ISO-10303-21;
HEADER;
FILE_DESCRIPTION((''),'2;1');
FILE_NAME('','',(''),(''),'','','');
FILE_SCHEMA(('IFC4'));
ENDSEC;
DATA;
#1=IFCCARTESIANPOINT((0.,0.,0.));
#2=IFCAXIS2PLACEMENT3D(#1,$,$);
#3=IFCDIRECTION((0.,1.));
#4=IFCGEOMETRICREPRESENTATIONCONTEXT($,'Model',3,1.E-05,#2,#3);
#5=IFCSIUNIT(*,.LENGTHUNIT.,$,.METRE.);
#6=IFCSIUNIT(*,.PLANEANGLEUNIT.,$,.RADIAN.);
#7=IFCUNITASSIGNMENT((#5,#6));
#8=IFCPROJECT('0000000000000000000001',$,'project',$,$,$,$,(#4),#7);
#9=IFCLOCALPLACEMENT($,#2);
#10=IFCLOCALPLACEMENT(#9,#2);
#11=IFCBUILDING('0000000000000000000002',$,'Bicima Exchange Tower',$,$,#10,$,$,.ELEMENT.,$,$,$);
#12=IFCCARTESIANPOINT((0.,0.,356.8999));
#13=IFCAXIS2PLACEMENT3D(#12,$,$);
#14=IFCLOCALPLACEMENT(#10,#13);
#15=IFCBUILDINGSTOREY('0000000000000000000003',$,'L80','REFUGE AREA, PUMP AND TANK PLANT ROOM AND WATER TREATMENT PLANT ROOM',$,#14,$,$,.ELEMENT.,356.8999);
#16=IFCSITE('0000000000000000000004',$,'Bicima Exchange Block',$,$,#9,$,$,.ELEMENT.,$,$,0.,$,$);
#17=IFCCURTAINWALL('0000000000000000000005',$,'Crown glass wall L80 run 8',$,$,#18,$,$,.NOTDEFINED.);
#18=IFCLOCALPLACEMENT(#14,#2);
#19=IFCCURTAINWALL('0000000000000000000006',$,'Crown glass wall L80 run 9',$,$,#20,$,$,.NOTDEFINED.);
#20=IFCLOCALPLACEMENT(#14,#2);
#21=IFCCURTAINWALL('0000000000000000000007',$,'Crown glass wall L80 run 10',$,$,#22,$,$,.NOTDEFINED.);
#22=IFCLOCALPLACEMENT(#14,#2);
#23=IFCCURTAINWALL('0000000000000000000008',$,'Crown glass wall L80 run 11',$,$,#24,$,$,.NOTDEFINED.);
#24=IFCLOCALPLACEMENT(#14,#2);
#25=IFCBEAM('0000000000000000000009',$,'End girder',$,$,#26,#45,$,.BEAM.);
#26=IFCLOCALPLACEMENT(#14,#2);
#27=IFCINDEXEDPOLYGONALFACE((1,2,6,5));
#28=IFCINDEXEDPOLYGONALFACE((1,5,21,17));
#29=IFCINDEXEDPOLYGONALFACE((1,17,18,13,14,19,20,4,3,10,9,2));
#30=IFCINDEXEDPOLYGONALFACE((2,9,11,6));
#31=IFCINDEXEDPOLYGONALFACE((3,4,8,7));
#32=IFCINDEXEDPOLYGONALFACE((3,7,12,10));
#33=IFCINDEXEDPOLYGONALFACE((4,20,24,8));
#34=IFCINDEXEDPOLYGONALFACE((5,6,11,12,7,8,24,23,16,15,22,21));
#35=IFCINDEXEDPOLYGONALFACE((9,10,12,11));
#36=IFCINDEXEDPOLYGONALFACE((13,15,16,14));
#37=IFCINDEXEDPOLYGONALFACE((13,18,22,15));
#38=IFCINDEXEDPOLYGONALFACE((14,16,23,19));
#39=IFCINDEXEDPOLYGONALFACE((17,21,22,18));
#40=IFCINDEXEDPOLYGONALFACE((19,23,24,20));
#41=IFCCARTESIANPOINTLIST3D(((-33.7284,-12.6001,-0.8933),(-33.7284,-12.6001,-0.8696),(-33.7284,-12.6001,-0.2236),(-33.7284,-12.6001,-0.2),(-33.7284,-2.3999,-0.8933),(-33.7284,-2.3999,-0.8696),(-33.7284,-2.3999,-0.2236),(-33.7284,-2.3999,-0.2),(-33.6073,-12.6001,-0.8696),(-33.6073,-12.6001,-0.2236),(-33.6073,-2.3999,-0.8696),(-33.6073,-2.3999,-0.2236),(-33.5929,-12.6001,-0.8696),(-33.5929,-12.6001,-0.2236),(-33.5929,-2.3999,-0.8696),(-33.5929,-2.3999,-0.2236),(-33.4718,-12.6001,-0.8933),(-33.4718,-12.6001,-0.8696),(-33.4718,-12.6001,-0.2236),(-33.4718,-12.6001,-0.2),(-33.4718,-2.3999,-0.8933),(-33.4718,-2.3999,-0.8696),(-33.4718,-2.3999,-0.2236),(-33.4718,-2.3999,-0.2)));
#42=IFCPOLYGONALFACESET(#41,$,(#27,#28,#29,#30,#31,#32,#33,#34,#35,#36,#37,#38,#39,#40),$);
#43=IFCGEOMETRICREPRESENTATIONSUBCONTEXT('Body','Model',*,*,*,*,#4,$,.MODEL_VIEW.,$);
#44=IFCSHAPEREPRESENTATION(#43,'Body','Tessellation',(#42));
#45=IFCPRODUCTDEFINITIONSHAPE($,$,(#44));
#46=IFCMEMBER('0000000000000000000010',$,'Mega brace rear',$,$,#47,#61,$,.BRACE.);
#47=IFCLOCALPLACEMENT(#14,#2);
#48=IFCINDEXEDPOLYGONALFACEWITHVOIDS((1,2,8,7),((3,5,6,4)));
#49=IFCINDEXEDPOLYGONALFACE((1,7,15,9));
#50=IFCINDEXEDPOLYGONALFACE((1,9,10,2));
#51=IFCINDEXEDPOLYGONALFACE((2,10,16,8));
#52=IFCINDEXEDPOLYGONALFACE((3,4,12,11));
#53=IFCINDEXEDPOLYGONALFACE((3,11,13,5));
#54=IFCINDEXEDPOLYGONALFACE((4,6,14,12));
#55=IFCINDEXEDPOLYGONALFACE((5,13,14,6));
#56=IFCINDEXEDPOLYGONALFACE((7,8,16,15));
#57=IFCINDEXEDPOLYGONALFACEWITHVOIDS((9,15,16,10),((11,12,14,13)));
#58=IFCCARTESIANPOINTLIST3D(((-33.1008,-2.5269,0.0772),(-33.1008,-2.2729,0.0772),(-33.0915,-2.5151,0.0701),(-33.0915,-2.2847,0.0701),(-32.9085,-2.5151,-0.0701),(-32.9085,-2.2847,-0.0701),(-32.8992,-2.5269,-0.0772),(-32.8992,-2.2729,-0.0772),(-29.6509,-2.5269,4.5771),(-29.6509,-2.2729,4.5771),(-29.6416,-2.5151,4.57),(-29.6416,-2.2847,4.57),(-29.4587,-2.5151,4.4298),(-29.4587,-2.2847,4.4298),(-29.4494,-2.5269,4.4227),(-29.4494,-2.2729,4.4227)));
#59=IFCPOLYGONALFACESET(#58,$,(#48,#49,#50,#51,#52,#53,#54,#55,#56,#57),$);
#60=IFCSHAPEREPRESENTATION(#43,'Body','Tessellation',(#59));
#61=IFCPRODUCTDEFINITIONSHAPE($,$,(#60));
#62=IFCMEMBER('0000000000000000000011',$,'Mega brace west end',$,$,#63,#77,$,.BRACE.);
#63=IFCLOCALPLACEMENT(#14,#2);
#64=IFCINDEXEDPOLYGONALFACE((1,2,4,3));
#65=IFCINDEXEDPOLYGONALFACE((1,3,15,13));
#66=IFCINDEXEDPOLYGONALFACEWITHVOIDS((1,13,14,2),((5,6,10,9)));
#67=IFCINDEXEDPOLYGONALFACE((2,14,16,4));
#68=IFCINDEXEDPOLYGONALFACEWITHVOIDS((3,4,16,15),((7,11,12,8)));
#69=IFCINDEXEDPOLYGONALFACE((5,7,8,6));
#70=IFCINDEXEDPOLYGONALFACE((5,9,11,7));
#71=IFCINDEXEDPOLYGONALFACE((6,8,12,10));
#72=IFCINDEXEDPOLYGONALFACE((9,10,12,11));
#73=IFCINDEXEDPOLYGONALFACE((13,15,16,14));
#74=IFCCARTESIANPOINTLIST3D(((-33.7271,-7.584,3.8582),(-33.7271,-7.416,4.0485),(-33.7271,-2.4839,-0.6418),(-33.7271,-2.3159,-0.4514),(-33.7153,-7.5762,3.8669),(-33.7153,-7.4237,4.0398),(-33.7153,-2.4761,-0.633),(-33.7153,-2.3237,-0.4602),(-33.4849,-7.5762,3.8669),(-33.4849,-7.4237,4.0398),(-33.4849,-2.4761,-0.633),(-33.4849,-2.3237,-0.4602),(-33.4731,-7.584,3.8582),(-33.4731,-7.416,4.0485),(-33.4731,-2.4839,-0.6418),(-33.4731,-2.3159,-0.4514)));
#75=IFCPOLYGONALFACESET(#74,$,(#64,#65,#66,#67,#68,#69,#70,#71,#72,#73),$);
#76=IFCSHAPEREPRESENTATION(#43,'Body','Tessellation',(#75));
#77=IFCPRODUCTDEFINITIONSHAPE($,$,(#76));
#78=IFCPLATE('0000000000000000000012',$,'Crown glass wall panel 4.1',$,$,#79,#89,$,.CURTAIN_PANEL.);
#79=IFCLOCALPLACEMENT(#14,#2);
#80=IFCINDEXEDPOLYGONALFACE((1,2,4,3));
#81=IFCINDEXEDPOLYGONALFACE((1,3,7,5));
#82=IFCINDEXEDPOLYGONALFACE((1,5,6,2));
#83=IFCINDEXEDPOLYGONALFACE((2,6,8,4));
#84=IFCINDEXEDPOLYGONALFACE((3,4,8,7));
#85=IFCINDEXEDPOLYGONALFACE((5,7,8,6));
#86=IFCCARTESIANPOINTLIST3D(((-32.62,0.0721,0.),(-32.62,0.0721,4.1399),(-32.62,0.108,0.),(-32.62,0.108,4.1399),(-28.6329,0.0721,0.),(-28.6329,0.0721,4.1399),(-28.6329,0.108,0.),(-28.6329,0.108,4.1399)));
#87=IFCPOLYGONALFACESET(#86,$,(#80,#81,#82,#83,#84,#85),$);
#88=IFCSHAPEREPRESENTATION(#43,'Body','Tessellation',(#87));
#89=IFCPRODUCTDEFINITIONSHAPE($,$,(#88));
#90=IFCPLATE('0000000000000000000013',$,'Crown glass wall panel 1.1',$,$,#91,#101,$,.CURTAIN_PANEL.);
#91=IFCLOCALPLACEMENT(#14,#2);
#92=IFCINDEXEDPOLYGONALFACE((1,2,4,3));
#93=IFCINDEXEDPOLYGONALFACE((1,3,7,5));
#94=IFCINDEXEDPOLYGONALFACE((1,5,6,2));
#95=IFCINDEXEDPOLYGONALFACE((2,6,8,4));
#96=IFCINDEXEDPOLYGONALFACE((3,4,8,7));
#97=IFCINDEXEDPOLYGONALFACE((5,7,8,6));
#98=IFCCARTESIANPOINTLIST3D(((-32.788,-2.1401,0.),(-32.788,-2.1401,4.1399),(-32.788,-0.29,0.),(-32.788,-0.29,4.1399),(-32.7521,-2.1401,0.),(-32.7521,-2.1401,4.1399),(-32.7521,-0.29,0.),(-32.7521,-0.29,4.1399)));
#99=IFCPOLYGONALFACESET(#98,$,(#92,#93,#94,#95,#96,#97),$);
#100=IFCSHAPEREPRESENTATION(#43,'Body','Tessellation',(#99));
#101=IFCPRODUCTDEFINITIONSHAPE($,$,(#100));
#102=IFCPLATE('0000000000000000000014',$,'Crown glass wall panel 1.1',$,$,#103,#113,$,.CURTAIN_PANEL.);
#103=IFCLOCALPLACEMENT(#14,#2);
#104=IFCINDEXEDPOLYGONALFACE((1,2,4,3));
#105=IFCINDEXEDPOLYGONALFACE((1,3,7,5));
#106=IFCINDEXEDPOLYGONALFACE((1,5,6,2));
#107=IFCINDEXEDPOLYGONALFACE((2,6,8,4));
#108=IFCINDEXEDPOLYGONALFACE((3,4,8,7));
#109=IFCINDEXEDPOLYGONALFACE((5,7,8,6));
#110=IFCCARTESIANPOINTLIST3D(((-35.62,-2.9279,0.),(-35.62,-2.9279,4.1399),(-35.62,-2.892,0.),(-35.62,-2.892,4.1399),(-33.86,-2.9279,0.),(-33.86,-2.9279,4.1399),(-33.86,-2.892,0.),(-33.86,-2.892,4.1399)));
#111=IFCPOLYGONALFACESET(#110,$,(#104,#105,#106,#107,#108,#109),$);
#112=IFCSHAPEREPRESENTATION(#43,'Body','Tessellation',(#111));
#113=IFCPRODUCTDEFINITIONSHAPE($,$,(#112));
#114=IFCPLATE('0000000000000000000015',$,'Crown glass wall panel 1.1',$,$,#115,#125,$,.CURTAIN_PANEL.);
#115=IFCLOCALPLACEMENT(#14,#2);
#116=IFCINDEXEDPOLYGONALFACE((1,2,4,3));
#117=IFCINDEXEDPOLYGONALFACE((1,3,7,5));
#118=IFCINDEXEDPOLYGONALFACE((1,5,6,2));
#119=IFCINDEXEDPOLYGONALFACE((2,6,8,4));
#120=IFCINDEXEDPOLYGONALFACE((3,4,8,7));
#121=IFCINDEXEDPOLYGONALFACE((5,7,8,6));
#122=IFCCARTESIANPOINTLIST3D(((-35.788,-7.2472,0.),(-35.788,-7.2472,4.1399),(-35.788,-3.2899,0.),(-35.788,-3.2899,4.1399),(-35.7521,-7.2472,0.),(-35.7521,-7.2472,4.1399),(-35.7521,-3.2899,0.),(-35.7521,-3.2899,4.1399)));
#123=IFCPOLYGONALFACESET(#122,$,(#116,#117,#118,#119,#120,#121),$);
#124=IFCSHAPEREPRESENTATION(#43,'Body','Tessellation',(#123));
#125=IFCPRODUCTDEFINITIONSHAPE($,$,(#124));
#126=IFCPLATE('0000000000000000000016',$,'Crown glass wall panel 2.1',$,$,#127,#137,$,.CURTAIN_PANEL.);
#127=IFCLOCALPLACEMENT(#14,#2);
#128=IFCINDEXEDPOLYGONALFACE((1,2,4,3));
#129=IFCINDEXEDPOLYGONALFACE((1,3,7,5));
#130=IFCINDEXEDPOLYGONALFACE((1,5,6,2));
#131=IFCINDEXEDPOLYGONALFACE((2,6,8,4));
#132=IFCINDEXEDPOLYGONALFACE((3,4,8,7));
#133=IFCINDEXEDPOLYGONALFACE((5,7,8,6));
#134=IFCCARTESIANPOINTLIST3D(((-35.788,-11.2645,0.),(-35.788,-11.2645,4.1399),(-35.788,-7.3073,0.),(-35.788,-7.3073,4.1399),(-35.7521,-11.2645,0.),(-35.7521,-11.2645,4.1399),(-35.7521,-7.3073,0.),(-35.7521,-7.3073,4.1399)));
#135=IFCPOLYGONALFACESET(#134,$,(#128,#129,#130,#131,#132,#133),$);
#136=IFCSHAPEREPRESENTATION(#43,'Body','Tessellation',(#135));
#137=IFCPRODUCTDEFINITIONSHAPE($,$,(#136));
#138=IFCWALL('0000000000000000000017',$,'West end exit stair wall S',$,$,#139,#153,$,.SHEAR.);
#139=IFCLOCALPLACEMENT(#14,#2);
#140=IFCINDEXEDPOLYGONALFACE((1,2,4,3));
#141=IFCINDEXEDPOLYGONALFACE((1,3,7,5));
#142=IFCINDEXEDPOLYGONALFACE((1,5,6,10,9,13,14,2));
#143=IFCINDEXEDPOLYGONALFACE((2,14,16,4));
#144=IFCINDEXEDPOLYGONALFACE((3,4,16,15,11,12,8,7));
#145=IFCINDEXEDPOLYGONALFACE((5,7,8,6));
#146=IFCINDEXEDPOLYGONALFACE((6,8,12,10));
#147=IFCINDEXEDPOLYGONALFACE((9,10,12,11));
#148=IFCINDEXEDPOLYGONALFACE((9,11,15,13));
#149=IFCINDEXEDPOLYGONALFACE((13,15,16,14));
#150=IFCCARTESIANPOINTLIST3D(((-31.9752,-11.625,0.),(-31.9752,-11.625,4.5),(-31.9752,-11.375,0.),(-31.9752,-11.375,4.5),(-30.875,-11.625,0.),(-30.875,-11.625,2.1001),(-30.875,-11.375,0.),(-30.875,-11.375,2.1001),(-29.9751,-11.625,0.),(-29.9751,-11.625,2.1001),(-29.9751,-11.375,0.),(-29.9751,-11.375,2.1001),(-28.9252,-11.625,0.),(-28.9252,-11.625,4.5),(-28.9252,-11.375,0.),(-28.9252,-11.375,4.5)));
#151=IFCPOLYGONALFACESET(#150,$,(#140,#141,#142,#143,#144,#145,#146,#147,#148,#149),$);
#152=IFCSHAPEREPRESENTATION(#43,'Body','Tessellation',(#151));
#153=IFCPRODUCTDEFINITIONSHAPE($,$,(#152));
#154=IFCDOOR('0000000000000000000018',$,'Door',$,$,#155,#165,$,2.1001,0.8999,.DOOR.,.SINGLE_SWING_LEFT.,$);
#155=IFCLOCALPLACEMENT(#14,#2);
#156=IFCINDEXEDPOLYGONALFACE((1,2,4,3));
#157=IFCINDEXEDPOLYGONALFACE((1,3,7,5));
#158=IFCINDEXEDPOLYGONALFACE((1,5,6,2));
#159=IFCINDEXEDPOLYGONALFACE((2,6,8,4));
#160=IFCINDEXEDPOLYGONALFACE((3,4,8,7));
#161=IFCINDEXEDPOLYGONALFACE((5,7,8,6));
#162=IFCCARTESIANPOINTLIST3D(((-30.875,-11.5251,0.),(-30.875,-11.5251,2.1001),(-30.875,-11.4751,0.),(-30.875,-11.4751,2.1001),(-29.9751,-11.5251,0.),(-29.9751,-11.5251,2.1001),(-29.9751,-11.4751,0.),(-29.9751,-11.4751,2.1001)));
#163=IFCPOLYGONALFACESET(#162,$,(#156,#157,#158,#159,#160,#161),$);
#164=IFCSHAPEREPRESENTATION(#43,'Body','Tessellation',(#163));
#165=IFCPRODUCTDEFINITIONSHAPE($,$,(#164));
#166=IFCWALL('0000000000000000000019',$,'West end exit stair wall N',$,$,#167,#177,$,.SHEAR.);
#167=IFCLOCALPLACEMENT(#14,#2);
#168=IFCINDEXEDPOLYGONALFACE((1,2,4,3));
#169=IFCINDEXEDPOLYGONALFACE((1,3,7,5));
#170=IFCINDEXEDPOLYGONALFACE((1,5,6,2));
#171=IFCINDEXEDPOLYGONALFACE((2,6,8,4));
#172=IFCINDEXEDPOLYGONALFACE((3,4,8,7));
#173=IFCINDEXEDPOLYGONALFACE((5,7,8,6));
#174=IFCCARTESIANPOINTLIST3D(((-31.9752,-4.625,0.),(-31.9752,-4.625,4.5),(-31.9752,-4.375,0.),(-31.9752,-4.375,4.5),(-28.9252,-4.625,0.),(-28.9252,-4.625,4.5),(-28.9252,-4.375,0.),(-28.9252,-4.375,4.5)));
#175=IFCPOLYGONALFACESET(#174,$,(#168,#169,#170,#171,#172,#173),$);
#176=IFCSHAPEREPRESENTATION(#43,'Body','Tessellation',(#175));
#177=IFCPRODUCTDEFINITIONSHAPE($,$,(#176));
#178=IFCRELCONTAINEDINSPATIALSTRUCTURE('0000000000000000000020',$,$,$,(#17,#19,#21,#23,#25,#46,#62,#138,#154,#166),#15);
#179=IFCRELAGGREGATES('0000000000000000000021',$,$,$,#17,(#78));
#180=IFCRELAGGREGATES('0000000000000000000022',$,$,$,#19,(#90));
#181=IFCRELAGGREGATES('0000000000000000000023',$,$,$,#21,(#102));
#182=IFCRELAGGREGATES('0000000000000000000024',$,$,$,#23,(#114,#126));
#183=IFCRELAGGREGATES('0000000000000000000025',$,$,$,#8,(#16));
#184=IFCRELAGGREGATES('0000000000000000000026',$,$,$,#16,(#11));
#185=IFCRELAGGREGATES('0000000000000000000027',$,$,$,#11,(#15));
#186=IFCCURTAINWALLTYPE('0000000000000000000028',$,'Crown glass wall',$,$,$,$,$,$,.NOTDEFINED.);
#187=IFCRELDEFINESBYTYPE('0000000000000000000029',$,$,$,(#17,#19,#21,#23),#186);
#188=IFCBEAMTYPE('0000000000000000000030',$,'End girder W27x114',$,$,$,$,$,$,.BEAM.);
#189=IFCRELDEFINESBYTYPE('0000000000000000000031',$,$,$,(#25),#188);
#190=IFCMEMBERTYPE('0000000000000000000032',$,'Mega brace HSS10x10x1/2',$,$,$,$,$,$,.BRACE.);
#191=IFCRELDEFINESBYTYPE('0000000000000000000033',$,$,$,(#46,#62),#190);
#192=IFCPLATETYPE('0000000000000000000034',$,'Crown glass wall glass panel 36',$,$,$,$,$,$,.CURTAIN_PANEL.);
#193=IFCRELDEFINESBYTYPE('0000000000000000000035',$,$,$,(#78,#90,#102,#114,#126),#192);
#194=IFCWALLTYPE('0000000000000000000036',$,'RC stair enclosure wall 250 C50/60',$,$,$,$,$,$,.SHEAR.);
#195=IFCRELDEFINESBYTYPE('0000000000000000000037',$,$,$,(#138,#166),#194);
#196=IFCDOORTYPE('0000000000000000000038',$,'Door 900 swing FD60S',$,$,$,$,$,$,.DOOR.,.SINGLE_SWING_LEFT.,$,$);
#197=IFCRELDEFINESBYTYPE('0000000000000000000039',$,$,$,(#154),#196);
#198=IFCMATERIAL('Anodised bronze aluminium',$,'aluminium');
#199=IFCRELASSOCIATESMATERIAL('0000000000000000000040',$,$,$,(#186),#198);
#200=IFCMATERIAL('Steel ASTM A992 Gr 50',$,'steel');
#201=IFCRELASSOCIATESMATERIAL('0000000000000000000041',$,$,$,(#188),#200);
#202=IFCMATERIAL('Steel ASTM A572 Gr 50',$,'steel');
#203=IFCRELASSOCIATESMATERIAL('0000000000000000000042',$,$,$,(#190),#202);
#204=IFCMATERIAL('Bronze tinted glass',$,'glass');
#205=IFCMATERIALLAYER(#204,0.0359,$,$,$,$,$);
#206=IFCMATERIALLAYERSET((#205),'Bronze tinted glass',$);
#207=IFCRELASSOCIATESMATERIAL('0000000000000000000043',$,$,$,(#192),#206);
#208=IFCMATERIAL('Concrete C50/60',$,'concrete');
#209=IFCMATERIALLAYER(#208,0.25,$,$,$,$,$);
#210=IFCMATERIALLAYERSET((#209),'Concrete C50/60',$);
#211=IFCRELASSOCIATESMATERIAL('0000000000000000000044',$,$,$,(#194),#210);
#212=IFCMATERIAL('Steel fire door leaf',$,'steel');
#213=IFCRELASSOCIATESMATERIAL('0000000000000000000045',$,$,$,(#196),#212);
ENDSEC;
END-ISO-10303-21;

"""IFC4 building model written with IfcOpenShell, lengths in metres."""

from ifc_helpers import new_model, si_unit, direction, frame, frame_2d, origin, origin_2d, place, context, subcontext, project, spatial, rectangle, hollow_rectangle, i_section, extrude, material, layer, layer_set, material_profile, profile_set, type_object, element, fill, aggregate, save


model = new_model("IFC4")

# Units and contexts
model_context = context("Model", 3, precision=1e-05, world=origin(), true_north=direction((0.0, 1.0)))
body_context = subcontext(model_context, "Body", "Model", "MODEL_VIEW")
ifc_project = project(units=[si_unit("LENGTHUNIT", "METRE"), si_unit("PLANEANGLEUNIT", "RADIAN")], contexts=[model_context])

# Site, building, storey
site_placement = place(None, origin())
site = spatial("IfcSite", under=ifc_project, at=site_placement, Name="Bicima Exchange Block", CompositionType="ELEMENT", RefElevation=0.0)
building_placement = place(site_placement, origin())
building = spatial("IfcBuilding", under=site, at=building_placement, Name="Bicima Exchange Tower", CompositionType="ELEMENT")
storey_placement = place(building_placement, frame((0.0, 0.0, 356.8999)))
storey = spatial("IfcBuildingStorey", under=building, at=storey_placement, Name="L80", Description="REFUGE AREA, PUMP AND TANK PLANT ROOM AND WATER TREATMENT PLANT ROOM", CompositionType="ELEMENT", Elevation=356.8999)

# Shared definitions
ifc_material_1 = material(Name="Steel ASTM A572 Gr 50", Category="steel")

# Curtain wall
ifc_material_2 = material(Name="Anodised bronze aluminium", Category="aluminium")
curtain_wall_type = type_object("IfcCurtainWallType", Name="Crown glass wall", PredefinedType="NOTDEFINED", material=ifc_material_2)
curtain_wall_1_placement = place(storey_placement, origin())
curtain_wall_1 = element("IfcCurtainWall", 1, at=curtain_wall_1_placement, inside=storey, type_object=curtain_wall_type, Name="Crown glass wall L80 run 8", PredefinedType="NOTDEFINED")

# Curtain walls
curtain_wall_2_placement = place(storey_placement, origin())
curtain_wall_2 = element("IfcCurtainWall", 2, at=curtain_wall_2_placement, inside=storey, type_object=curtain_wall_type, Name="Crown glass wall L80 run 9", PredefinedType="NOTDEFINED")
curtain_wall_3_placement = place(storey_placement, origin())
curtain_wall_3 = element("IfcCurtainWall", 3, at=curtain_wall_3_placement, inside=storey, type_object=curtain_wall_type, Name="Crown glass wall L80 run 10", PredefinedType="NOTDEFINED")
curtain_wall_4_placement = place(storey_placement, origin())
curtain_wall_4 = element("IfcCurtainWall", 4, at=curtain_wall_4_placement, inside=storey, type_object=curtain_wall_type, Name="Crown glass wall L80 run 11", PredefinedType="NOTDEFINED")

# Beam
ifc_material_3 = material(Name="Steel ASTM A992 Gr 50", Category="steel")
ifc_material_profile_1 = material_profile(ifc_material_3, i_section(OverallWidth=0.2566, OverallDepth=0.6934, WebThickness=0.0144, FlangeThickness=0.0237, at=origin_2d()))
ifc_profile_set_1 = profile_set([ifc_material_profile_1], Name="Steel ASTM A992 Gr 50")
beam_type = type_object("IfcBeamType", Name="End girder W27x114", PredefinedType="BEAM", material=ifc_profile_set_1)
beam_placement = place(storey_placement, frame((-33.6001, -2.3999, -0.5466), z_axis=(0.0, -1.0, 0.0), x_axis=(1.0, 0.0, 0.0)))
element("IfcBeam", 5, at=beam_placement, inside=storey, type_object=beam_type, Name="End girder", PredefinedType="BEAM", context=body_context, shape_type="SweptSolid", body=[
    extrude(i_section(OverallWidth=0.2566, OverallDepth=0.6934, WebThickness=0.0144, FlangeThickness=0.0237, at=origin_2d()), origin(), (0.0, 0.0, 1.0), 10.2002),
])

# Members
ifc_material_profile_2 = material_profile(ifc_material_1, hollow_rectangle(XDim=0.2539, YDim=0.2539, WallThickness=0.0117, at=origin_2d()))
ifc_profile_set_2 = profile_set([ifc_material_profile_2], Name="Steel ASTM A572 Gr 50")
member_type_1 = type_object("IfcMemberType", Name="Mega brace HSS10x10x1/2", PredefinedType="BRACE", material=ifc_profile_set_2)
member_1_placement = place(storey_placement, frame((-33.0, -2.3999, 0.0), z_axis=(0.608426, 0.0, 0.793611), x_axis=(0.0, 1.0, 0.0)))
element("IfcMember", 6, at=member_1_placement, inside=storey, type_object=member_type_1, Name="Mega brace rear", PredefinedType="BRACE", context=body_context, shape_type="SweptSolid", body=[
    extrude(hollow_rectangle(XDim=0.2539, YDim=0.2539, WallThickness=0.0117, at=origin_2d()), origin(), (0.0, 0.0, 1.0), 5.6702),
])
member_2_placement = place(storey_placement, frame((-33.6001, -2.3999, -0.5466), z_axis=(0.0, -0.749844, 0.661615), x_axis=(1.0, 0.0, 0.0)))
element("IfcMember", 7, at=member_2_placement, inside=storey, type_object=member_type_1, Name="Mega brace west end", PredefinedType="BRACE", context=body_context, shape_type="SweptSolid", body=[
    extrude(hollow_rectangle(XDim=0.2539, YDim=0.2539, WallThickness=0.0117, at=origin_2d()), origin(), (0.0, 0.0, 1.0), 6.8015),
])

# Plates
ifc_material_4 = material(Name="Bronze tinted glass", Category="glass")
ifc_layer_1 = layer(ifc_material_4, 0.0359)
ifc_layer_set_1 = layer_set([ifc_layer_1], Name="Bronze tinted glass")
plate_type = type_object("IfcPlateType", Name="Crown glass wall glass panel 36", PredefinedType="CURTAIN_PANEL", material=ifc_layer_set_1)
plate_1_placement = place(storey_placement, frame((-30.6265, 0.0901, 0.0), z_axis=(0.0, 0.0, 1.0), x_axis=(-1.0, 0.0, 0.0)))
plate_1 = element("IfcPlate", 8, at=plate_1_placement, type_object=plate_type, Name="Crown glass wall panel 4.1", PredefinedType="CURTAIN_PANEL", context=body_context, shape_type="SweptSolid", body=[
    extrude(rectangle(XDim=3.9871, YDim=0.0359, at=origin_2d()), origin(), (0.0, 0.0, 1.0), 4.1399),
])
aggregate(curtain_wall_1, [plate_1])
plate_2_placement = place(storey_placement, frame((-32.77, -1.2151, 0.0), z_axis=(0.0, 0.0, 1.0), x_axis=(0.0, -1.0, 0.0)))
plate_2 = element("IfcPlate", 9, at=plate_2_placement, type_object=plate_type, Name="Crown glass wall panel 1.1", PredefinedType="CURTAIN_PANEL", context=body_context, shape_type="SweptSolid", body=[
    extrude(rectangle(XDim=1.8501, YDim=0.0359, at=origin_2d()), origin(), (0.0, 0.0, 1.0), 4.1399),
])
aggregate(curtain_wall_2, [plate_2])
plate_3_placement = place(storey_placement, frame((-34.74, -2.9099, 0.0), z_axis=(0.0, 0.0, 1.0), x_axis=(-1.0, 0.0, 0.0)))
plate_3 = element("IfcPlate", 10, at=plate_3_placement, type_object=plate_type, Name="Crown glass wall panel 1.1", PredefinedType="CURTAIN_PANEL", context=body_context, shape_type="SweptSolid", body=[
    extrude(rectangle(XDim=1.76, YDim=0.0359, at=origin_2d()), origin(), (0.0, 0.0, 1.0), 4.1399),
])
aggregate(curtain_wall_3, [plate_3])
plate_4_placement = place(storey_placement, frame((-35.77, -5.2686, 0.0), z_axis=(0.0, 0.0, 1.0), x_axis=(0.0, -1.0, 0.0)))
plate_4 = element("IfcPlate", 11, at=plate_4_placement, type_object=plate_type, Name="Crown glass wall panel 1.1", PredefinedType="CURTAIN_PANEL", context=body_context, shape_type="SweptSolid", body=[
    extrude(rectangle(XDim=3.9573, YDim=0.0359, at=origin_2d()), origin(), (0.0, 0.0, 1.0), 4.1399),
])
plate_5_placement = place(storey_placement, frame((-35.77, -9.2859, 0.0), z_axis=(0.0, 0.0, 1.0), x_axis=(0.0, -1.0, 0.0)))
plate_5 = element("IfcPlate", 12, at=plate_5_placement, type_object=plate_type, Name="Crown glass wall panel 2.1", PredefinedType="CURTAIN_PANEL", context=body_context, shape_type="SweptSolid", body=[
    extrude(rectangle(XDim=3.9573, YDim=0.0359, at=origin_2d()), origin(), (0.0, 0.0, 1.0), 4.1399),
])
aggregate(curtain_wall_4, [plate_4, plate_5])

# Wall, opening, door
ifc_material_5 = material(Name="Concrete C50/60", Category="concrete")
ifc_layer_2 = layer(ifc_material_5, 0.25)
ifc_layer_set_2 = layer_set([ifc_layer_2], Name="Concrete C50/60")
wall_type = type_object("IfcWallType", Name="RC stair enclosure wall 250 C50/60", PredefinedType="SHEAR", material=ifc_layer_set_2)
wall_1_placement = place(storey_placement, frame((-31.9751, -11.5, 0.0), z_axis=(0.0, 0.0, 1.0), x_axis=(1.0, 0.0, 0.0)))
wall_1 = element("IfcWall", 13, at=wall_1_placement, inside=storey, type_object=wall_type, Name="West end exit stair wall S", PredefinedType="SHEAR", context=body_context, shape_type="SweptSolid", body=[
    extrude(rectangle(XDim=3.05, YDim=0.25, at=frame_2d((1.5249, 0.0))), origin(), (0.0, 0.0, 1.0), 4.5),
])
opening_placement = place(wall_1_placement, frame((1.1001, 0.0, 0.0)))
opening = element("IfcOpeningElement", 14, at=opening_placement, cuts=wall_1, PredefinedType="OPENING", context=body_context, shape_type="SweptSolid", body=[
    extrude(rectangle(XDim=0.8999, YDim=2.1001, at=frame_2d((0.45, 1.05))), frame((0.0, 0.137, 0.0), z_axis=(0.0, -1.0, 0.0), x_axis=(1.0, 0.0, 0.0)), (0.0, 0.0, 1.0), 0.2739),
])
ifc_material_6 = material(Name="Steel fire door leaf", Category="steel")
door_type = type_object("IfcDoorType", Name="Door 900 swing FD60S", OperationType="SINGLE_SWING_LEFT", PredefinedType="DOOR", material=ifc_material_6)
door_placement = place(opening_placement, origin())
door = element("IfcDoor", 15, at=door_placement, inside=storey, type_object=door_type, Name="Door", OperationType="SINGLE_SWING_LEFT", OverallHeight=2.1001, OverallWidth=0.8999, PredefinedType="DOOR", context=body_context, shape_type="SweptSolid", body=[
    extrude(rectangle(XDim=0.8999, YDim=2.1001, at=frame_2d((0.45, 1.05))), frame((0.0, 0.0249, 0.0), z_axis=(0.0, -1.0, 0.0), x_axis=(1.0, 0.0, 0.0)), (0.0, 0.0, 1.0), 0.05),
])
fill(opening, door)

# Wall
wall_2_placement = place(storey_placement, frame((-31.9751, -4.5, 0.0), z_axis=(0.0, 0.0, 1.0), x_axis=(1.0, 0.0, 0.0)))
element("IfcWall", 16, at=wall_2_placement, inside=storey, type_object=wall_type, Name="West end exit stair wall N", PredefinedType="SHEAR", context=body_context, shape_type="SweptSolid", body=[
    extrude(rectangle(XDim=3.05, YDim=0.25, at=frame_2d((1.5249, 0.0))), origin(), (0.0, 0.0, 1.0), 4.5),
])

save(model, "model.ifc")
